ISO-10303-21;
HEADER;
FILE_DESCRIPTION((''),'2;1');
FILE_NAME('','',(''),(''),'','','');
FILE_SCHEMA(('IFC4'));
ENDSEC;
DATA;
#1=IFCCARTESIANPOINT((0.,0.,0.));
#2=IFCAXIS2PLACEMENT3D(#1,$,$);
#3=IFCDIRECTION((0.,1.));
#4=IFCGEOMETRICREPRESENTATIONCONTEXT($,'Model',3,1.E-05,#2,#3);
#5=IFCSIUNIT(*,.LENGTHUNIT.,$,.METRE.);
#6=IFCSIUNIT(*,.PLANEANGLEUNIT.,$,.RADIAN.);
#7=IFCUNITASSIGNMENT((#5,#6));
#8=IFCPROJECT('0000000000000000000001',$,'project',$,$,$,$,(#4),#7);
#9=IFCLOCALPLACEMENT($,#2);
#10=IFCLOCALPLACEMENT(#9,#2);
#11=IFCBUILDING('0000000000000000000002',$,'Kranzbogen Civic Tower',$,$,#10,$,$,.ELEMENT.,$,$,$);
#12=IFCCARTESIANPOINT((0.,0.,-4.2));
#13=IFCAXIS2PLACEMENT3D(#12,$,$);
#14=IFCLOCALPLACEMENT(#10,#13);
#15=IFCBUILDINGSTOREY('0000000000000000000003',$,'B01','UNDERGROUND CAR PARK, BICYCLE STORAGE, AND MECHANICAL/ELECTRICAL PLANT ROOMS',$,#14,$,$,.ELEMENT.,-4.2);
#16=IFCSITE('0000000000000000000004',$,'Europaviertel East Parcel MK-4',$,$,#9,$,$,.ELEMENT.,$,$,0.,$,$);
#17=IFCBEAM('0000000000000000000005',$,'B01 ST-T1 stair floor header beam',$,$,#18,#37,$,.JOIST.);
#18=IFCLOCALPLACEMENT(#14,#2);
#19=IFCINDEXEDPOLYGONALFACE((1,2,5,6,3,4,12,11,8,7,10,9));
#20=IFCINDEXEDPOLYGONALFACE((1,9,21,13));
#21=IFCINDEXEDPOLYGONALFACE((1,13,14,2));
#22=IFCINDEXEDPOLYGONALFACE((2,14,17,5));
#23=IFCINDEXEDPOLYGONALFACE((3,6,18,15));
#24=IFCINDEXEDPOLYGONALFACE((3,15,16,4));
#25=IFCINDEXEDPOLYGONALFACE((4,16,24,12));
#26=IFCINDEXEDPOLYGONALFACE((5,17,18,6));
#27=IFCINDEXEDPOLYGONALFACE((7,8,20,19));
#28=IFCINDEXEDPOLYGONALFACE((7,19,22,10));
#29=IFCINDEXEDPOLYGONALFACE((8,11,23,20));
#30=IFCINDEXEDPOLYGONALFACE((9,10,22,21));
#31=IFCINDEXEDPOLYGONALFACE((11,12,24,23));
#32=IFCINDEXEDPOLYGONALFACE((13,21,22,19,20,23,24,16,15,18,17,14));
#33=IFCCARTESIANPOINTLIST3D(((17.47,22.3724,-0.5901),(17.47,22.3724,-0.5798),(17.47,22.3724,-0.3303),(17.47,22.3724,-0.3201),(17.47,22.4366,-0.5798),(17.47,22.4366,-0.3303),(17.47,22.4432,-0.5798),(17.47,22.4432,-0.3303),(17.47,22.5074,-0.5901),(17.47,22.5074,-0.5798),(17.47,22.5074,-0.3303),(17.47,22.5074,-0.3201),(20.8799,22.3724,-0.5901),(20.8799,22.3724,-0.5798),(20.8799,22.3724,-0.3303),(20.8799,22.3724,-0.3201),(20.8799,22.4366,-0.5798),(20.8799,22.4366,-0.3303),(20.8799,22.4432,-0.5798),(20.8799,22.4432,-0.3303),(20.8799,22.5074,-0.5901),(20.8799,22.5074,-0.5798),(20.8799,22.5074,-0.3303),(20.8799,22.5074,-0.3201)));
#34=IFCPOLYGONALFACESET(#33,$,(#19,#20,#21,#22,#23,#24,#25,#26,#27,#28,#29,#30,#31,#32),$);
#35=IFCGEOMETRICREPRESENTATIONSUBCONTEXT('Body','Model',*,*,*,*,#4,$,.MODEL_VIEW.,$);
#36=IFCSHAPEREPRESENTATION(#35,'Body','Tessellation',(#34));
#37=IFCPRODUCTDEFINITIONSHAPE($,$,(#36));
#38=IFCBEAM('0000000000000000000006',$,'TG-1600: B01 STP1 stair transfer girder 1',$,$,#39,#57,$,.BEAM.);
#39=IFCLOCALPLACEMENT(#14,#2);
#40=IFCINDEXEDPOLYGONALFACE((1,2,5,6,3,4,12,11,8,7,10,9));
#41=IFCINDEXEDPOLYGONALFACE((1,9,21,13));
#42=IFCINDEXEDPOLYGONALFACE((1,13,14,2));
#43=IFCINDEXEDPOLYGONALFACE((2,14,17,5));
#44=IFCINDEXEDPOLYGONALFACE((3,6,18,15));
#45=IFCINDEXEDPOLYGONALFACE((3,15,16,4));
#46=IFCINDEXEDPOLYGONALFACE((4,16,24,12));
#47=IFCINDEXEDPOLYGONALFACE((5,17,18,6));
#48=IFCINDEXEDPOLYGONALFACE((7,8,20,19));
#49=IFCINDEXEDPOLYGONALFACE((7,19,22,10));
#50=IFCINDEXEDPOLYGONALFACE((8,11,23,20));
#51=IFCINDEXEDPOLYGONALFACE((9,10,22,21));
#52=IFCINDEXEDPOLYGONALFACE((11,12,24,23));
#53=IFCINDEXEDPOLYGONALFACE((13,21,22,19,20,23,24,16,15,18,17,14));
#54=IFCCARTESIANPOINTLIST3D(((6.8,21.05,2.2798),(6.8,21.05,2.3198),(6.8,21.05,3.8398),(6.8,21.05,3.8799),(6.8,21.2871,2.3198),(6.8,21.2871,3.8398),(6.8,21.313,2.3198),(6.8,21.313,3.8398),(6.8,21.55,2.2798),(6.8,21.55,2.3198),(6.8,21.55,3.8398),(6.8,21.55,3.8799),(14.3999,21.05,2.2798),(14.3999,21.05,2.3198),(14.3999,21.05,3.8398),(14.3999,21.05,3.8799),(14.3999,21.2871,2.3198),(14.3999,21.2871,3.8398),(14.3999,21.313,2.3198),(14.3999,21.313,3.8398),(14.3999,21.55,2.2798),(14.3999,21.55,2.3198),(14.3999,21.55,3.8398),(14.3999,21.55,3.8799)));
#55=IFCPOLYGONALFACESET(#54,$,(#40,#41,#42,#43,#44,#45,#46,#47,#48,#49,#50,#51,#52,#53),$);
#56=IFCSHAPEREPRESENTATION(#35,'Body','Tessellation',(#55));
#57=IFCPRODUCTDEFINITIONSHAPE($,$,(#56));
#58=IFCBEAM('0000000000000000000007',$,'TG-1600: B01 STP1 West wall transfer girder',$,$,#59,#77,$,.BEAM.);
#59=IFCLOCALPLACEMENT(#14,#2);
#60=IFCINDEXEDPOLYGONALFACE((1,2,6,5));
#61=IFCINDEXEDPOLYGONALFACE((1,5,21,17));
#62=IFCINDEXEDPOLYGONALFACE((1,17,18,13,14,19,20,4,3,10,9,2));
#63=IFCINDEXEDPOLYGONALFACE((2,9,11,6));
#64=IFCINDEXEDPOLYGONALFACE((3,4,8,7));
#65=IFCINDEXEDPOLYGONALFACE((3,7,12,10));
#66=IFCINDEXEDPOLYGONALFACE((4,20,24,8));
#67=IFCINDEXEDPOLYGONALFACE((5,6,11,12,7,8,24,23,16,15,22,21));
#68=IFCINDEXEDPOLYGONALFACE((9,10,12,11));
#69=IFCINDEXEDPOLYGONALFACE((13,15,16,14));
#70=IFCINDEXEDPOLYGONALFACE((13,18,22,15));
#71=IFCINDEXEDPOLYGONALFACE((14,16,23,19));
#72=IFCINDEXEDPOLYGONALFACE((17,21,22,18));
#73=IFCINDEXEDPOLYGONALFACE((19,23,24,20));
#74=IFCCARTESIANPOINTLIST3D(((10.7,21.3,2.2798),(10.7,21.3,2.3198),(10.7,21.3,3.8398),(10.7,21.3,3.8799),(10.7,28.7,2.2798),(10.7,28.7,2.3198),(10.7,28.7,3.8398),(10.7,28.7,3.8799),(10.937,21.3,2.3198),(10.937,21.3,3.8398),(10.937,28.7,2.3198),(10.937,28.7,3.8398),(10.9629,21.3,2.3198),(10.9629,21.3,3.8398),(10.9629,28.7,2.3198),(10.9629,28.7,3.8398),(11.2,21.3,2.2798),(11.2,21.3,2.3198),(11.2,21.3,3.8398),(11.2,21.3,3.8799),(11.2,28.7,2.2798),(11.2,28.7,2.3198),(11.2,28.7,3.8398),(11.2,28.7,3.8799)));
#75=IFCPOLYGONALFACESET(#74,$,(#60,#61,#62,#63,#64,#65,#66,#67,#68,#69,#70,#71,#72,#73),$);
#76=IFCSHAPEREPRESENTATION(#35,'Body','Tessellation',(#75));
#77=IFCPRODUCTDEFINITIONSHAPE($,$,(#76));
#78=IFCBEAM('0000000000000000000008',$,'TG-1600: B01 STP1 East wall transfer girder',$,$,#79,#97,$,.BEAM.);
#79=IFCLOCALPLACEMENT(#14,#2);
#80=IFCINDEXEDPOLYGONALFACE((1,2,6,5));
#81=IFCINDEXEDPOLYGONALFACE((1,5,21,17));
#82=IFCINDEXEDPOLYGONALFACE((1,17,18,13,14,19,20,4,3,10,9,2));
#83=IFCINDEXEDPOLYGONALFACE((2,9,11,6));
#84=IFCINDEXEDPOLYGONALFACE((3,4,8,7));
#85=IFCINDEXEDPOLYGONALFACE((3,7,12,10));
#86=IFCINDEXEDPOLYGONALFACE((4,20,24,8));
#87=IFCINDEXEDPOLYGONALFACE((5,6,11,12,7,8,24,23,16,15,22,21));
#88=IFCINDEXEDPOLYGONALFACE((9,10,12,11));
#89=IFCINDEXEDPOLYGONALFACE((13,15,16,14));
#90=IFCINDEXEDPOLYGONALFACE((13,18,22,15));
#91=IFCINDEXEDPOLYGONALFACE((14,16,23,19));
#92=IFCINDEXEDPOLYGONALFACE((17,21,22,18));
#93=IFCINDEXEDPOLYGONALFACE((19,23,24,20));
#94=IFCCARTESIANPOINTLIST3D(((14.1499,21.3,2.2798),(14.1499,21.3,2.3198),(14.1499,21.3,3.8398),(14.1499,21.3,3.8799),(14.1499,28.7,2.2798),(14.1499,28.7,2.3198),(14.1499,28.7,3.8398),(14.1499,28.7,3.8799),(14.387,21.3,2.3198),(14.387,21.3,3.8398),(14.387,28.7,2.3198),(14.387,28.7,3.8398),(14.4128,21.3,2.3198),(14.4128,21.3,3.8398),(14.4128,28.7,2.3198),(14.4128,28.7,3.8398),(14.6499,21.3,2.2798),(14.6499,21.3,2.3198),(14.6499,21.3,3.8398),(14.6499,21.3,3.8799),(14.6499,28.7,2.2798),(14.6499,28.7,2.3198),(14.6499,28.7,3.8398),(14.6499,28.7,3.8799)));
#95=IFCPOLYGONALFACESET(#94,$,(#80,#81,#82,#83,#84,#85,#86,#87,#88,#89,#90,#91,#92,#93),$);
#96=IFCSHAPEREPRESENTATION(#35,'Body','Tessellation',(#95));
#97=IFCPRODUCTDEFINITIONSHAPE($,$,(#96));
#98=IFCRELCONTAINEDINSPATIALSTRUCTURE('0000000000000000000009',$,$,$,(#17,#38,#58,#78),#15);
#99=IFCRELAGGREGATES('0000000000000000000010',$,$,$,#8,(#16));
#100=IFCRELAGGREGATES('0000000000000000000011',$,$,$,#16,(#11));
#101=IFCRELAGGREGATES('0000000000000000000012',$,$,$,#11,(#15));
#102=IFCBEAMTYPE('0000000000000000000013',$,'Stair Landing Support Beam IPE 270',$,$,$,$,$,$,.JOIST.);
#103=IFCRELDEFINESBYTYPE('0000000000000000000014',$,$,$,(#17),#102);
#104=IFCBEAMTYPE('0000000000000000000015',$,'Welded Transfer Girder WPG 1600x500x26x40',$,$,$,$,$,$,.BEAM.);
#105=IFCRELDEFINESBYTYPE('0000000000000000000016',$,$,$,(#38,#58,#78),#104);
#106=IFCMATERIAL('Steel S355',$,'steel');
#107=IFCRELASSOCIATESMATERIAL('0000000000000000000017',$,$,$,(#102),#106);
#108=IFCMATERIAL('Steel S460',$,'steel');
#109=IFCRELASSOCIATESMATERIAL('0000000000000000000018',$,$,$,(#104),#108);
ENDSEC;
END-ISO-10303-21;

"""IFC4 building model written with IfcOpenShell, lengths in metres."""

from ifc_helpers import new_model, si_unit, direction, frame, origin, origin_2d, place, context, subcontext, project, spatial, i_section, extrude, material, material_profile, profile_set, type_object, element, save


model = new_model("IFC4")

# Units and contexts
model_context = context("Model", 3, precision=1e-05, world=origin(), true_north=direction((0.0, 1.0)))
body_context = subcontext(model_context, "Body", "Model", "MODEL_VIEW")
ifc_project = project(units=[si_unit("LENGTHUNIT", "METRE"), si_unit("PLANEANGLEUNIT", "RADIAN")], contexts=[model_context])

# Site, building, storey
site_placement = place(None, origin())
site = spatial("IfcSite", under=ifc_project, at=site_placement, Name="Europaviertel East Parcel MK-4", CompositionType="ELEMENT", RefElevation=0.0)
building_placement = place(site_placement, origin())
building = spatial("IfcBuilding", under=site, at=building_placement, Name="Kranzbogen Civic Tower", CompositionType="ELEMENT")
storey_placement = place(building_placement, frame((0.0, 0.0, -4.2)))
storey = spatial("IfcBuildingStorey", under=building, at=storey_placement, Name="B01", Description="UNDERGROUND CAR PARK, BICYCLE STORAGE, AND MECHANICAL/ELECTRICAL PLANT ROOMS", CompositionType="ELEMENT", Elevation=-4.2)

# Shared definitions
ifc_material_1 = material(Name="Steel S460", Category="steel")

# Beams
ifc_material_2 = material(Name="Steel S355", Category="steel")
ifc_material_profile_1 = material_profile(ifc_material_2, i_section(OverallWidth=0.135, OverallDepth=0.27, WebThickness=0.0066, FlangeThickness=0.0103, at=origin_2d()), Name="IPE 270")
ifc_profile_set_1 = profile_set([ifc_material_profile_1], Name="Steel S355")
beam_type_1 = type_object("IfcBeamType", Name="Stair Landing Support Beam IPE 270", PredefinedType="JOIST", material=ifc_profile_set_1)
beam_1_placement = place(storey_placement, frame((20.8799, 22.4399, -0.4551), z_axis=(-1.0, 0.0, 0.0), x_axis=(0.0, -1.0, 0.0)))
element("IfcBeam", 1, at=beam_1_placement, inside=storey, type_object=beam_type_1, Name="B01 ST-T1 stair floor header beam", PredefinedType="JOIST", context=body_context, shape_type="SweptSolid", body=[
    extrude(i_section(OverallWidth=0.135, OverallDepth=0.27, WebThickness=0.0066, FlangeThickness=0.0103, at=origin_2d()), origin(), (0.0, 0.0, 1.0), 3.4099),
])
ifc_material_profile_2 = material_profile(ifc_material_1, i_section(OverallWidth=0.5, OverallDepth=1.6001, WebThickness=0.0259, FlangeThickness=0.04, at=origin_2d()), Name="WPG 1600x500x26x40")
ifc_profile_set_2 = profile_set([ifc_material_profile_2], Name="Steel S460")
beam_type_2 = type_object("IfcBeamType", Name="Welded Transfer Girder WPG 1600x500x26x40", PredefinedType="BEAM", material=ifc_profile_set_2)
beam_2_placement = place(storey_placement, frame((6.8, 21.3, 3.0798), z_axis=(1.0, 0.0, 0.0), x_axis=(0.0, 1.0, 0.0)))
element("IfcBeam", 2, at=beam_2_placement, inside=storey, type_object=beam_type_2, Name="TG-1600: B01 STP1 stair transfer girder 1", PredefinedType="BEAM", context=body_context, shape_type="SweptSolid", body=[
    extrude(i_section(OverallWidth=0.5, OverallDepth=1.6001, WebThickness=0.0259, FlangeThickness=0.04, at=origin_2d()), origin(), (0.0, 0.0, 1.0), 7.5999),
])
for number, where, z_axis, x_axis, name in (
    (3, (10.95, 21.3, 3.0798), (0.0, 1.0, 0.0), (-1.0, 0.0, 0.0), "TG-1600: B01 STP1 West wall transfer girder"),
    (4, (14.3999, 21.3, 3.0798), (0.0, 1.0, 0.0), (-1.0, 0.0, 0.0), "TG-1600: B01 STP1 East wall transfer girder"),
):
    element("IfcBeam", number, at=place(storey_placement, frame(where, z_axis=z_axis, x_axis=x_axis)), inside=storey, type_object=beam_type_2, Name=name, PredefinedType="BEAM", context=body_context, shape_type="SweptSolid", body=[
        extrude(i_section(OverallWidth=0.5, OverallDepth=1.6001, WebThickness=0.0259, FlangeThickness=0.04, at=origin_2d()), origin(), (0.0, 0.0, 1.0), 7.3999),
    ])

save(model, "model.ifc")
